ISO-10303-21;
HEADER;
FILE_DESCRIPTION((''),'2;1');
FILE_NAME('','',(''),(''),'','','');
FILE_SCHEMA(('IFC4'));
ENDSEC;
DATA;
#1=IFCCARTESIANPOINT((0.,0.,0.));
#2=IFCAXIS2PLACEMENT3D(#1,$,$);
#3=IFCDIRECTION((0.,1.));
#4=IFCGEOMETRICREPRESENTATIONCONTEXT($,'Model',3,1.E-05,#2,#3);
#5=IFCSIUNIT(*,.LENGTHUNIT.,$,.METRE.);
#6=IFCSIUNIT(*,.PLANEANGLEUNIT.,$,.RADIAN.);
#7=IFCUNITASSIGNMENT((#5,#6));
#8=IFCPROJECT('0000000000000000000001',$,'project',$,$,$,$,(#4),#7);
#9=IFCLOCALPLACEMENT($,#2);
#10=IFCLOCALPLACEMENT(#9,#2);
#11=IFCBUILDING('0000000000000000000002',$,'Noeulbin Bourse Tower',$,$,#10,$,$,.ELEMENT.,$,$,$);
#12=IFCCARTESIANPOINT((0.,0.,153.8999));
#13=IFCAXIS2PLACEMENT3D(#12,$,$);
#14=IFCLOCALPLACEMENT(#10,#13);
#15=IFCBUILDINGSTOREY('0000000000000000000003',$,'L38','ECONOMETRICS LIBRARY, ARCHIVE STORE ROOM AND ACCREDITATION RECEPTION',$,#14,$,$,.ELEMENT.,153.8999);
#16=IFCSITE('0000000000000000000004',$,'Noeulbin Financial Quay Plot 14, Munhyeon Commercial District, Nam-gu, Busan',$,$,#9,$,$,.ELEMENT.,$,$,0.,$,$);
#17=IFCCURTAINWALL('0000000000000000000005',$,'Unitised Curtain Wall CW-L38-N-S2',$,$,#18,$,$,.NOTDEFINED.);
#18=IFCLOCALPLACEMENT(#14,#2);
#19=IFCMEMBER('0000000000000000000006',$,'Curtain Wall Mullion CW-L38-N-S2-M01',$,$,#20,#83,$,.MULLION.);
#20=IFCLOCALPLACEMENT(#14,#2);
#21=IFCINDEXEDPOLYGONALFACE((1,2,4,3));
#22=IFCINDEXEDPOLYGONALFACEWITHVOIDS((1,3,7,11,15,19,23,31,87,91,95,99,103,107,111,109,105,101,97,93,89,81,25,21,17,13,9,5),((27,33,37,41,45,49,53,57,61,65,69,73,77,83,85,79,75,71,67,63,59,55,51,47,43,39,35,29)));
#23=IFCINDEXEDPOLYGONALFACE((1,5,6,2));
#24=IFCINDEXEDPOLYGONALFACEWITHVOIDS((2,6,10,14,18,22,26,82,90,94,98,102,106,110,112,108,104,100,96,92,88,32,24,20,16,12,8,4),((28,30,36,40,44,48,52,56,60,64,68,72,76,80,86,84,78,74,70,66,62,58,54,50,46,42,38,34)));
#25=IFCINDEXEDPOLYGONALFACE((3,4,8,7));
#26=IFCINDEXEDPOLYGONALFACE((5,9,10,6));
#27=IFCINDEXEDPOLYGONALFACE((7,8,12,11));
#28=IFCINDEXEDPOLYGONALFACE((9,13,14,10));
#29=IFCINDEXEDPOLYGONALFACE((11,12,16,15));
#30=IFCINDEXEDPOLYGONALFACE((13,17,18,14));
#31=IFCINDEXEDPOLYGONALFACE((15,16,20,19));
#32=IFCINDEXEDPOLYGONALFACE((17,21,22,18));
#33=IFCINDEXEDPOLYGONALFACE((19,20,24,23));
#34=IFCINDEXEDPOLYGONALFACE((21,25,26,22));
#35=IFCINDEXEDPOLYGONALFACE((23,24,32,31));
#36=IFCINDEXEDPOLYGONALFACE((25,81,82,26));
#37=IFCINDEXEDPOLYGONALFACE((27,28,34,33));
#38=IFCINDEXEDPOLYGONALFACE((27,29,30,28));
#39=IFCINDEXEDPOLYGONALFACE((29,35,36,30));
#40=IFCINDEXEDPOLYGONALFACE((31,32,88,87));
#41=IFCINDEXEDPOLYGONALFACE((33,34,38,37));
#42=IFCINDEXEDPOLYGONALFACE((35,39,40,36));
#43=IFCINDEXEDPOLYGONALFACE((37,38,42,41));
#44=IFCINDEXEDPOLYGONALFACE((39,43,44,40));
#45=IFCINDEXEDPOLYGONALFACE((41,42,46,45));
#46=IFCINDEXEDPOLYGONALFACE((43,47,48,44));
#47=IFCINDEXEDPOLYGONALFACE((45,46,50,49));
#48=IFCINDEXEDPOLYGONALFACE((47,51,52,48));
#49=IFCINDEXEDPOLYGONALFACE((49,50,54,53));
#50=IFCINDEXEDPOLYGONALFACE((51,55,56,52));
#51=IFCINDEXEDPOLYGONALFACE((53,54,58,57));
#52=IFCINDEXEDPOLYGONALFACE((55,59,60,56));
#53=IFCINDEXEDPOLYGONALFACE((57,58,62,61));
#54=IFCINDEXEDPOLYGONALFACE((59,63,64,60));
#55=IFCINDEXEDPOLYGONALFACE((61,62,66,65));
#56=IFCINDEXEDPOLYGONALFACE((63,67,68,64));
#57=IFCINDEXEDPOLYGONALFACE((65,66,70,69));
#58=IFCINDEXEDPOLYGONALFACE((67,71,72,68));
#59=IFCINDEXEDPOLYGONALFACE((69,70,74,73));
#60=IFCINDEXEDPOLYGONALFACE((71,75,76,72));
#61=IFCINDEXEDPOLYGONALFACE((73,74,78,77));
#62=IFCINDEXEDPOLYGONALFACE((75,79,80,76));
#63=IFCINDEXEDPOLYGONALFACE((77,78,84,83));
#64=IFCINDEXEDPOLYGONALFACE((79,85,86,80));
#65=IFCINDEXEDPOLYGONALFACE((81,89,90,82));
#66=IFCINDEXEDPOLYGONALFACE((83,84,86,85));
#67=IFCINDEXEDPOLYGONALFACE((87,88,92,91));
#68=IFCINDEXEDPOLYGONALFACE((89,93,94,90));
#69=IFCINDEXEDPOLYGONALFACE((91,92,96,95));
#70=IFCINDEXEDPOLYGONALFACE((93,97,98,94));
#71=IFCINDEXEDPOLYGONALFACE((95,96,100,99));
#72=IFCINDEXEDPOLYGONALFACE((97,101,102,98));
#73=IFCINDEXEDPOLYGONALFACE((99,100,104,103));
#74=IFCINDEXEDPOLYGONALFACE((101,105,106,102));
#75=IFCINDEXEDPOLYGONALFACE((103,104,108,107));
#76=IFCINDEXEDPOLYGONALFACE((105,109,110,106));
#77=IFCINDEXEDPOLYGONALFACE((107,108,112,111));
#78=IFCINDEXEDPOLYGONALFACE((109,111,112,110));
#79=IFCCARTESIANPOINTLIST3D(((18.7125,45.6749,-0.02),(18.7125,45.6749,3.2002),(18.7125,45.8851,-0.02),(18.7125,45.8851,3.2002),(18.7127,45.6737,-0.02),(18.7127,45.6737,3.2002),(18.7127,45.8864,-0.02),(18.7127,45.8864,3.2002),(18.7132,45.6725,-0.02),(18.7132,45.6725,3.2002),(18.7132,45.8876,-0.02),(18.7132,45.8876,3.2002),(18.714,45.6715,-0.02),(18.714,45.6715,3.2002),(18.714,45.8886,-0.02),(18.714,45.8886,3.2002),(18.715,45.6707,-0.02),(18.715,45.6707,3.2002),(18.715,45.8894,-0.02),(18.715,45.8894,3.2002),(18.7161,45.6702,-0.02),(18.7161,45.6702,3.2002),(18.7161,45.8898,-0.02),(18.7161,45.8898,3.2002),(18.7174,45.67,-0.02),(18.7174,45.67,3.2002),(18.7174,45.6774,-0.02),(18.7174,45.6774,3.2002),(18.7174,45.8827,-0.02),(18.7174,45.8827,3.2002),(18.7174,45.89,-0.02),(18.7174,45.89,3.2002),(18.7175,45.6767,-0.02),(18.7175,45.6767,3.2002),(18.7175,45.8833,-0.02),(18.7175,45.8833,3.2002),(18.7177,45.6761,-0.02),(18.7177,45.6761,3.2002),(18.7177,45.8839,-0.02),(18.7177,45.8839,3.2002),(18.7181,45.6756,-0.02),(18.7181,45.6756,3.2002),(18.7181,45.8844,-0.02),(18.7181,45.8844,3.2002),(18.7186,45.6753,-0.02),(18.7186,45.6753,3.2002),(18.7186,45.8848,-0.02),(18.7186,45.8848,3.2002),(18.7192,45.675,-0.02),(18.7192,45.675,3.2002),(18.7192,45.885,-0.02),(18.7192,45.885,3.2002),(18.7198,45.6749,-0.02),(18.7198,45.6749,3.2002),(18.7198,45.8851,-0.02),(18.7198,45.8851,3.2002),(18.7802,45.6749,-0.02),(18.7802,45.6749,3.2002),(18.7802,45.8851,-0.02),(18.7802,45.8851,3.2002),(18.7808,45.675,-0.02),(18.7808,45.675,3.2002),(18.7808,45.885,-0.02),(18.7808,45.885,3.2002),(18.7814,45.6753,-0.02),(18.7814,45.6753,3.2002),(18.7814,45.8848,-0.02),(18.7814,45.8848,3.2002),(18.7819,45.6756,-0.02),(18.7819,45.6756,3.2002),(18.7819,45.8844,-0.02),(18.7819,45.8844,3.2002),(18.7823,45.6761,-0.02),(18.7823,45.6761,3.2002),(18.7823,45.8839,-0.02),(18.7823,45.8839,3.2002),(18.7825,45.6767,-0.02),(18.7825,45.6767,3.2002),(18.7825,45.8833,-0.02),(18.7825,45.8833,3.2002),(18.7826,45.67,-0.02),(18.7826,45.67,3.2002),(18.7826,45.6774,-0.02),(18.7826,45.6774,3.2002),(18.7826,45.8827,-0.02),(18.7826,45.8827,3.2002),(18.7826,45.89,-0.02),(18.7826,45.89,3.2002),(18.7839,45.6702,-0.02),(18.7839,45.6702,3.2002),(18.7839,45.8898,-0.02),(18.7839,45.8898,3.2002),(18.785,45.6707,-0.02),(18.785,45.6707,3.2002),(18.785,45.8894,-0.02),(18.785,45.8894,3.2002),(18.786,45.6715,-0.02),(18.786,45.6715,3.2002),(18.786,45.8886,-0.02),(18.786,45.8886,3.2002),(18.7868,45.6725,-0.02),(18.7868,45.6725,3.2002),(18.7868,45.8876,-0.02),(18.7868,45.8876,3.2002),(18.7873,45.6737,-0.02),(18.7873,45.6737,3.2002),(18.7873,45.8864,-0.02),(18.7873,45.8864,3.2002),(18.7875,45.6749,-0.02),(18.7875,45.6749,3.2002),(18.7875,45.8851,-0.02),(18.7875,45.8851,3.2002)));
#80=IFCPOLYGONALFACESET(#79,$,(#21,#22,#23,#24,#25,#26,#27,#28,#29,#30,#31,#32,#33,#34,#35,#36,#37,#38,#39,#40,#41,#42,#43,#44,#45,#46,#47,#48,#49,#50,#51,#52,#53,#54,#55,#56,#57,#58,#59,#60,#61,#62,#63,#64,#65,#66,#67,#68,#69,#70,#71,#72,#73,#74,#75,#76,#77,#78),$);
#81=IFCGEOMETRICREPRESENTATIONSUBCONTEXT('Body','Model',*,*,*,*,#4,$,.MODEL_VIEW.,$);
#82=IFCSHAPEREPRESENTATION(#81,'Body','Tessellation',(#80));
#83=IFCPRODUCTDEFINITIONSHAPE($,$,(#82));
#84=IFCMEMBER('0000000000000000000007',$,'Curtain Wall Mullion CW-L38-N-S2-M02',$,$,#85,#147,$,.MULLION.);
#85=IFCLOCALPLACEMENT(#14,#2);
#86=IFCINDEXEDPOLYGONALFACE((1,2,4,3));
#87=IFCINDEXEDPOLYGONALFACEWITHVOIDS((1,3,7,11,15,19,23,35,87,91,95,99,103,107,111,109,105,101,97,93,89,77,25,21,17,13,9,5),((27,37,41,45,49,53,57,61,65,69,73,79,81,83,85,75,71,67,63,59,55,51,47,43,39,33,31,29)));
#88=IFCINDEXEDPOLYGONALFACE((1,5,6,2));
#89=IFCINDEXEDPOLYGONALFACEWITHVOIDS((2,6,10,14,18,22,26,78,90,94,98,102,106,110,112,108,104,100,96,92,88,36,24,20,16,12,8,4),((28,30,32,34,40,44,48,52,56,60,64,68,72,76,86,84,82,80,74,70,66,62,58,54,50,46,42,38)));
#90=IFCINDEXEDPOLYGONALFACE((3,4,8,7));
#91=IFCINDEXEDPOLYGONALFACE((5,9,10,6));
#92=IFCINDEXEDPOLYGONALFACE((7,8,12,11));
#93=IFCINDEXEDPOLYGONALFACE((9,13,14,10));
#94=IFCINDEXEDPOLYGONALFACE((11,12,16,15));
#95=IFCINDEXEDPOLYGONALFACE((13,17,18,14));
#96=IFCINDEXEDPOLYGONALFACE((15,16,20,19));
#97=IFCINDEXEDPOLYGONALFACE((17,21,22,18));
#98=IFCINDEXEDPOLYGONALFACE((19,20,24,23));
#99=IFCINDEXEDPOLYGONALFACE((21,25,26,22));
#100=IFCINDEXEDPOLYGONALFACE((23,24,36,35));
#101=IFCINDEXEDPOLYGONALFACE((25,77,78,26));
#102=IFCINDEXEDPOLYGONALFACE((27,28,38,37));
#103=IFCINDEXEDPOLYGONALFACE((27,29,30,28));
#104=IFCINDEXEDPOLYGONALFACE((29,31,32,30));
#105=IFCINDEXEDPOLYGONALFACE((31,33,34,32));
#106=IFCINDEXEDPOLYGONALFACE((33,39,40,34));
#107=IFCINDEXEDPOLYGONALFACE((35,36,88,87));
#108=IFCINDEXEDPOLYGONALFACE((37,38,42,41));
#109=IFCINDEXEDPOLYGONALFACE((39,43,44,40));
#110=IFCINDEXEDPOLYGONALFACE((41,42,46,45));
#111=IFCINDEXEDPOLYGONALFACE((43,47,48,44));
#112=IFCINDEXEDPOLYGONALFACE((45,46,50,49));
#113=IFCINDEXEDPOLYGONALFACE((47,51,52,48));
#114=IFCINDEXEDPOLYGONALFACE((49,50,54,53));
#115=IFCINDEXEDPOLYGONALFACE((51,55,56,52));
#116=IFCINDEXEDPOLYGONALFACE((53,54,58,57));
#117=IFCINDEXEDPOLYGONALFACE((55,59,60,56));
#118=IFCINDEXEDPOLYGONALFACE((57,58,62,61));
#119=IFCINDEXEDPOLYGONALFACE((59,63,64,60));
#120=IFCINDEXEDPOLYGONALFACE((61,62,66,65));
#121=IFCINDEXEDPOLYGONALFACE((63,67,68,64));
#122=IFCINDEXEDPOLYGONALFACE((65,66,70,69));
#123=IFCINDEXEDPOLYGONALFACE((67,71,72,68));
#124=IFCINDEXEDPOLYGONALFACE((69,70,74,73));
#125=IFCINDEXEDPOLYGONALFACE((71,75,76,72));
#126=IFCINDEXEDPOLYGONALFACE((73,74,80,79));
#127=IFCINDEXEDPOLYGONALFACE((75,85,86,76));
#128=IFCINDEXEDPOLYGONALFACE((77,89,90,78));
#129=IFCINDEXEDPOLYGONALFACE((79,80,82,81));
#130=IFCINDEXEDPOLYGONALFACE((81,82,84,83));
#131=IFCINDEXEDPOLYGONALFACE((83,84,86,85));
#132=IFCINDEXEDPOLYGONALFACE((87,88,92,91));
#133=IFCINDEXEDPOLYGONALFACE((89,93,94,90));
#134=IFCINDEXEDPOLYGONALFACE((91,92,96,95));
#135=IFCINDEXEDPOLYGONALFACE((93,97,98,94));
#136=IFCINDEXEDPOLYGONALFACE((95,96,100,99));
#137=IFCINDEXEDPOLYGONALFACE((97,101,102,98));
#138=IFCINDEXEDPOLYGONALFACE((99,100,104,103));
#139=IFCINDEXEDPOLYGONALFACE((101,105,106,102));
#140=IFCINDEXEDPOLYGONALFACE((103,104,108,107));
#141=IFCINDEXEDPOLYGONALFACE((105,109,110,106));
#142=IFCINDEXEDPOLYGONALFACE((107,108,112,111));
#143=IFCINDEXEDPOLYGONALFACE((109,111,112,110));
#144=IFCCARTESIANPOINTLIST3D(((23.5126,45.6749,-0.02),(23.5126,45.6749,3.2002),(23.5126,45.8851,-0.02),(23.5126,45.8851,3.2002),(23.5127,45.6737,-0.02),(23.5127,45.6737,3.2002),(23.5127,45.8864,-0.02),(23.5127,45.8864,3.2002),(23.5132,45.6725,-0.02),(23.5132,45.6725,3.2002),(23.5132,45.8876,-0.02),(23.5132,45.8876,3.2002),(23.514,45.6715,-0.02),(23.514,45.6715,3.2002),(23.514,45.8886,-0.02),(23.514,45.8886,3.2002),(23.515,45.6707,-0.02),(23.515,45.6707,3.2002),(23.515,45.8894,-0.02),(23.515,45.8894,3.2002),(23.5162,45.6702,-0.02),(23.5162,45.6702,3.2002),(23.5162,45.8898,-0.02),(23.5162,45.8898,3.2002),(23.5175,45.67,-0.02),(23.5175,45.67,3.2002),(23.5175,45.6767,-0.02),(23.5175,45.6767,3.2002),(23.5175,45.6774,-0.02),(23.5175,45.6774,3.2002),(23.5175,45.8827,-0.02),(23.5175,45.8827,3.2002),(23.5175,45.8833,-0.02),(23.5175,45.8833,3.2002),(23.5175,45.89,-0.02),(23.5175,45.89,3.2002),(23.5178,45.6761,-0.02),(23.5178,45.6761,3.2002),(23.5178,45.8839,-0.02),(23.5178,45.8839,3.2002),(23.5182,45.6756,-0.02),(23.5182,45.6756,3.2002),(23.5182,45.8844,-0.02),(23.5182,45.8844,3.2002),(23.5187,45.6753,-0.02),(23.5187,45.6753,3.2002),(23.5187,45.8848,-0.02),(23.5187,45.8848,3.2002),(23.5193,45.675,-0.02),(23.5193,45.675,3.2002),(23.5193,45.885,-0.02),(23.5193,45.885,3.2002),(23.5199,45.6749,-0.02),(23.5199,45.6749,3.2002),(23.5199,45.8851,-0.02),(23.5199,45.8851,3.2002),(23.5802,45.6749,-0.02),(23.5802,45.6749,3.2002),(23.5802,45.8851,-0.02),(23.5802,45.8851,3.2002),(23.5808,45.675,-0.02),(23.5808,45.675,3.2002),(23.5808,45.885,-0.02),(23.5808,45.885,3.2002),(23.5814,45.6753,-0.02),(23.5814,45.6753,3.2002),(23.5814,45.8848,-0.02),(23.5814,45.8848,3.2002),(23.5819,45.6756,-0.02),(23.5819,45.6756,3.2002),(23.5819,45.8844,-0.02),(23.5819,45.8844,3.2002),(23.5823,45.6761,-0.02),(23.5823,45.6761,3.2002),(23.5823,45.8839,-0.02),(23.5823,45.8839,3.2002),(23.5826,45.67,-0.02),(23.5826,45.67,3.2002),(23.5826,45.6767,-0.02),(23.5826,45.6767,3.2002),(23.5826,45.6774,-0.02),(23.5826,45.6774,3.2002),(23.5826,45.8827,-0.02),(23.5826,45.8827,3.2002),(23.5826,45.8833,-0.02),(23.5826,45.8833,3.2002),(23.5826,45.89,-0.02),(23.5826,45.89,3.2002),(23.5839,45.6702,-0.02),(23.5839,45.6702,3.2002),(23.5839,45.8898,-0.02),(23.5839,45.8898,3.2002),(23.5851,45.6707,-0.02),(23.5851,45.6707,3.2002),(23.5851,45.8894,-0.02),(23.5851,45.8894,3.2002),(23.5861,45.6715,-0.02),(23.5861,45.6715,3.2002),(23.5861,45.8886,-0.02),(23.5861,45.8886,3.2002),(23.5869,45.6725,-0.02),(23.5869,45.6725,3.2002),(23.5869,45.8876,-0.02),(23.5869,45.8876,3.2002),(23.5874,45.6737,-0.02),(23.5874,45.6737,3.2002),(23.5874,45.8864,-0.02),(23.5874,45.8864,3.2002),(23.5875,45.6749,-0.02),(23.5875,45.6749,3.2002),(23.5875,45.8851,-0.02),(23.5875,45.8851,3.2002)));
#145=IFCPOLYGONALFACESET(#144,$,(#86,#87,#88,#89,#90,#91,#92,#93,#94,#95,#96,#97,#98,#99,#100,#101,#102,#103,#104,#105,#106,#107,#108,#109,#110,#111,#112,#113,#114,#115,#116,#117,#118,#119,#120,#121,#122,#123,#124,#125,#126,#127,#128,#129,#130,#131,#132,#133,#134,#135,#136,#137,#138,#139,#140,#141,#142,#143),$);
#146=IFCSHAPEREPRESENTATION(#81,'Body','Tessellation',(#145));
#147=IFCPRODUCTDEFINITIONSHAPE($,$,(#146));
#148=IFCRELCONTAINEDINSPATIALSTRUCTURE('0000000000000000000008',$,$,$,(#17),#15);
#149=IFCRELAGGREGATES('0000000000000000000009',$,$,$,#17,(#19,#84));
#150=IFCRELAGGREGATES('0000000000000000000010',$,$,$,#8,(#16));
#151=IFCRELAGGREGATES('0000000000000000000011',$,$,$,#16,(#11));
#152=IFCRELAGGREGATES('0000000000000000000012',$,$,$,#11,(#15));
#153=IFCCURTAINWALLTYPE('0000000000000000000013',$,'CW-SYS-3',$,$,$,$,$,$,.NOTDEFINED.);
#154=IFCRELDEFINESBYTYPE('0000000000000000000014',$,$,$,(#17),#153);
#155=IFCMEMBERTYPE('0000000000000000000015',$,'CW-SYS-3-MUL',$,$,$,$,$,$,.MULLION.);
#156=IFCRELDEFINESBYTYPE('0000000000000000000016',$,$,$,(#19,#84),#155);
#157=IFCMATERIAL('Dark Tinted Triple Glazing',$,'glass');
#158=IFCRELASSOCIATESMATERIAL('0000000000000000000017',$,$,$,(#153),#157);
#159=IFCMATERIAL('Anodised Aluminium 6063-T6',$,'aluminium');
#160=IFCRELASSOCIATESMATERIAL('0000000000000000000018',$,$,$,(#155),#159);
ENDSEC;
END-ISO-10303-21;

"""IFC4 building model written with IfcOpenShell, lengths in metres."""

from ifc_helpers import new_model, si_unit, direction, frame, origin, origin_2d, place, context, subcontext, project, spatial, hollow_rectangle, extrude, material, material_profile, profile_set, type_object, element, aggregate, save


model = new_model("IFC4")

# Units and contexts
model_context = context("Model", 3, precision=1e-05, world=origin(), true_north=direction((0.0, 1.0)))
body_context = subcontext(model_context, "Body", "Model", "MODEL_VIEW")
ifc_project = project(units=[si_unit("LENGTHUNIT", "METRE"), si_unit("PLANEANGLEUNIT", "RADIAN")], contexts=[model_context])

# Site, building, storey
site_placement = place(None, origin())
site = spatial("IfcSite", under=ifc_project, at=site_placement, Name="Noeulbin Financial Quay Plot 14, Munhyeon Commercial District, Nam-gu, Busan", CompositionType="ELEMENT", RefElevation=0.0)
building_placement = place(site_placement, origin())
building = spatial("IfcBuilding", under=site, at=building_placement, Name="Noeulbin Bourse Tower", CompositionType="ELEMENT")
storey_placement = place(building_placement, frame((0.0, 0.0, 153.8999)))
storey = spatial("IfcBuildingStorey", under=building, at=storey_placement, Name="L38", Description="ECONOMETRICS LIBRARY, ARCHIVE STORE ROOM AND ACCREDITATION RECEPTION", CompositionType="ELEMENT", Elevation=153.8999)

# Curtain wall, members
ifc_material_1 = material(Name="Dark Tinted Triple Glazing", Category="glass")
curtain_wall_type = type_object("IfcCurtainWallType", Name="CW-SYS-3", PredefinedType="NOTDEFINED", material=ifc_material_1)
curtain_wall_1_placement = place(storey_placement, origin())
curtain_wall_1 = element("IfcCurtainWall", 1, at=curtain_wall_1_placement, inside=storey, type_object=curtain_wall_type, Name="Unitised Curtain Wall CW-L38-N-S2", PredefinedType="NOTDEFINED")
ifc_material_2 = material(Name="Anodised Aluminium 6063-T6", Category="aluminium")
ifc_material_profile_1 = material_profile(ifc_material_2, hollow_rectangle(XDim=0.075, YDim=0.22, WallThickness=0.0049, InnerFilletRadius=0.0024, OuterFilletRadius=0.0049, at=origin_2d()), Name="ALU-MULL-75x220x5", Category="LoadBearing")
ifc_profile_set_1 = profile_set([ifc_material_profile_1], Name="Anodised Aluminium 6063-T6")
member_type_1 = type_object("IfcMemberType", Name="CW-SYS-3-MUL", PredefinedType="MULLION", material=ifc_profile_set_1)
member_1_placement = place(storey_placement, frame((18.75, 45.78, -0.02), z_axis=(0.0, 0.0, 1.0), x_axis=(1.0, 0.0, 0.0)))
member_1 = element("IfcMember", 2, at=member_1_placement, type_object=member_type_1, Name="Curtain Wall Mullion CW-L38-N-S2-M01", PredefinedType="MULLION", context=body_context, shape_type="SweptSolid", body=[
    extrude(hollow_rectangle(XDim=0.075, YDim=0.22, WallThickness=0.0049, InnerFilletRadius=0.0024, OuterFilletRadius=0.0049, at=origin_2d()), origin(), (0.0, 0.0, 1.0), 3.2202),
])
member_2_placement = place(storey_placement, frame((23.55, 45.78, -0.02), z_axis=(0.0, 0.0, 1.0), x_axis=(1.0, 0.0, 0.0)))
member_2 = element("IfcMember", 3, at=member_2_placement, type_object=member_type_1, Name="Curtain Wall Mullion CW-L38-N-S2-M02", PredefinedType="MULLION", context=body_context, shape_type="SweptSolid", body=[
    extrude(hollow_rectangle(XDim=0.075, YDim=0.22, WallThickness=0.0049, InnerFilletRadius=0.0024, OuterFilletRadius=0.0049, at=origin_2d()), origin(), (0.0, 0.0, 1.0), 3.2202),
])

aggregate(curtain_wall_1, [member_1, member_2])

save(model, "model.ifc")
